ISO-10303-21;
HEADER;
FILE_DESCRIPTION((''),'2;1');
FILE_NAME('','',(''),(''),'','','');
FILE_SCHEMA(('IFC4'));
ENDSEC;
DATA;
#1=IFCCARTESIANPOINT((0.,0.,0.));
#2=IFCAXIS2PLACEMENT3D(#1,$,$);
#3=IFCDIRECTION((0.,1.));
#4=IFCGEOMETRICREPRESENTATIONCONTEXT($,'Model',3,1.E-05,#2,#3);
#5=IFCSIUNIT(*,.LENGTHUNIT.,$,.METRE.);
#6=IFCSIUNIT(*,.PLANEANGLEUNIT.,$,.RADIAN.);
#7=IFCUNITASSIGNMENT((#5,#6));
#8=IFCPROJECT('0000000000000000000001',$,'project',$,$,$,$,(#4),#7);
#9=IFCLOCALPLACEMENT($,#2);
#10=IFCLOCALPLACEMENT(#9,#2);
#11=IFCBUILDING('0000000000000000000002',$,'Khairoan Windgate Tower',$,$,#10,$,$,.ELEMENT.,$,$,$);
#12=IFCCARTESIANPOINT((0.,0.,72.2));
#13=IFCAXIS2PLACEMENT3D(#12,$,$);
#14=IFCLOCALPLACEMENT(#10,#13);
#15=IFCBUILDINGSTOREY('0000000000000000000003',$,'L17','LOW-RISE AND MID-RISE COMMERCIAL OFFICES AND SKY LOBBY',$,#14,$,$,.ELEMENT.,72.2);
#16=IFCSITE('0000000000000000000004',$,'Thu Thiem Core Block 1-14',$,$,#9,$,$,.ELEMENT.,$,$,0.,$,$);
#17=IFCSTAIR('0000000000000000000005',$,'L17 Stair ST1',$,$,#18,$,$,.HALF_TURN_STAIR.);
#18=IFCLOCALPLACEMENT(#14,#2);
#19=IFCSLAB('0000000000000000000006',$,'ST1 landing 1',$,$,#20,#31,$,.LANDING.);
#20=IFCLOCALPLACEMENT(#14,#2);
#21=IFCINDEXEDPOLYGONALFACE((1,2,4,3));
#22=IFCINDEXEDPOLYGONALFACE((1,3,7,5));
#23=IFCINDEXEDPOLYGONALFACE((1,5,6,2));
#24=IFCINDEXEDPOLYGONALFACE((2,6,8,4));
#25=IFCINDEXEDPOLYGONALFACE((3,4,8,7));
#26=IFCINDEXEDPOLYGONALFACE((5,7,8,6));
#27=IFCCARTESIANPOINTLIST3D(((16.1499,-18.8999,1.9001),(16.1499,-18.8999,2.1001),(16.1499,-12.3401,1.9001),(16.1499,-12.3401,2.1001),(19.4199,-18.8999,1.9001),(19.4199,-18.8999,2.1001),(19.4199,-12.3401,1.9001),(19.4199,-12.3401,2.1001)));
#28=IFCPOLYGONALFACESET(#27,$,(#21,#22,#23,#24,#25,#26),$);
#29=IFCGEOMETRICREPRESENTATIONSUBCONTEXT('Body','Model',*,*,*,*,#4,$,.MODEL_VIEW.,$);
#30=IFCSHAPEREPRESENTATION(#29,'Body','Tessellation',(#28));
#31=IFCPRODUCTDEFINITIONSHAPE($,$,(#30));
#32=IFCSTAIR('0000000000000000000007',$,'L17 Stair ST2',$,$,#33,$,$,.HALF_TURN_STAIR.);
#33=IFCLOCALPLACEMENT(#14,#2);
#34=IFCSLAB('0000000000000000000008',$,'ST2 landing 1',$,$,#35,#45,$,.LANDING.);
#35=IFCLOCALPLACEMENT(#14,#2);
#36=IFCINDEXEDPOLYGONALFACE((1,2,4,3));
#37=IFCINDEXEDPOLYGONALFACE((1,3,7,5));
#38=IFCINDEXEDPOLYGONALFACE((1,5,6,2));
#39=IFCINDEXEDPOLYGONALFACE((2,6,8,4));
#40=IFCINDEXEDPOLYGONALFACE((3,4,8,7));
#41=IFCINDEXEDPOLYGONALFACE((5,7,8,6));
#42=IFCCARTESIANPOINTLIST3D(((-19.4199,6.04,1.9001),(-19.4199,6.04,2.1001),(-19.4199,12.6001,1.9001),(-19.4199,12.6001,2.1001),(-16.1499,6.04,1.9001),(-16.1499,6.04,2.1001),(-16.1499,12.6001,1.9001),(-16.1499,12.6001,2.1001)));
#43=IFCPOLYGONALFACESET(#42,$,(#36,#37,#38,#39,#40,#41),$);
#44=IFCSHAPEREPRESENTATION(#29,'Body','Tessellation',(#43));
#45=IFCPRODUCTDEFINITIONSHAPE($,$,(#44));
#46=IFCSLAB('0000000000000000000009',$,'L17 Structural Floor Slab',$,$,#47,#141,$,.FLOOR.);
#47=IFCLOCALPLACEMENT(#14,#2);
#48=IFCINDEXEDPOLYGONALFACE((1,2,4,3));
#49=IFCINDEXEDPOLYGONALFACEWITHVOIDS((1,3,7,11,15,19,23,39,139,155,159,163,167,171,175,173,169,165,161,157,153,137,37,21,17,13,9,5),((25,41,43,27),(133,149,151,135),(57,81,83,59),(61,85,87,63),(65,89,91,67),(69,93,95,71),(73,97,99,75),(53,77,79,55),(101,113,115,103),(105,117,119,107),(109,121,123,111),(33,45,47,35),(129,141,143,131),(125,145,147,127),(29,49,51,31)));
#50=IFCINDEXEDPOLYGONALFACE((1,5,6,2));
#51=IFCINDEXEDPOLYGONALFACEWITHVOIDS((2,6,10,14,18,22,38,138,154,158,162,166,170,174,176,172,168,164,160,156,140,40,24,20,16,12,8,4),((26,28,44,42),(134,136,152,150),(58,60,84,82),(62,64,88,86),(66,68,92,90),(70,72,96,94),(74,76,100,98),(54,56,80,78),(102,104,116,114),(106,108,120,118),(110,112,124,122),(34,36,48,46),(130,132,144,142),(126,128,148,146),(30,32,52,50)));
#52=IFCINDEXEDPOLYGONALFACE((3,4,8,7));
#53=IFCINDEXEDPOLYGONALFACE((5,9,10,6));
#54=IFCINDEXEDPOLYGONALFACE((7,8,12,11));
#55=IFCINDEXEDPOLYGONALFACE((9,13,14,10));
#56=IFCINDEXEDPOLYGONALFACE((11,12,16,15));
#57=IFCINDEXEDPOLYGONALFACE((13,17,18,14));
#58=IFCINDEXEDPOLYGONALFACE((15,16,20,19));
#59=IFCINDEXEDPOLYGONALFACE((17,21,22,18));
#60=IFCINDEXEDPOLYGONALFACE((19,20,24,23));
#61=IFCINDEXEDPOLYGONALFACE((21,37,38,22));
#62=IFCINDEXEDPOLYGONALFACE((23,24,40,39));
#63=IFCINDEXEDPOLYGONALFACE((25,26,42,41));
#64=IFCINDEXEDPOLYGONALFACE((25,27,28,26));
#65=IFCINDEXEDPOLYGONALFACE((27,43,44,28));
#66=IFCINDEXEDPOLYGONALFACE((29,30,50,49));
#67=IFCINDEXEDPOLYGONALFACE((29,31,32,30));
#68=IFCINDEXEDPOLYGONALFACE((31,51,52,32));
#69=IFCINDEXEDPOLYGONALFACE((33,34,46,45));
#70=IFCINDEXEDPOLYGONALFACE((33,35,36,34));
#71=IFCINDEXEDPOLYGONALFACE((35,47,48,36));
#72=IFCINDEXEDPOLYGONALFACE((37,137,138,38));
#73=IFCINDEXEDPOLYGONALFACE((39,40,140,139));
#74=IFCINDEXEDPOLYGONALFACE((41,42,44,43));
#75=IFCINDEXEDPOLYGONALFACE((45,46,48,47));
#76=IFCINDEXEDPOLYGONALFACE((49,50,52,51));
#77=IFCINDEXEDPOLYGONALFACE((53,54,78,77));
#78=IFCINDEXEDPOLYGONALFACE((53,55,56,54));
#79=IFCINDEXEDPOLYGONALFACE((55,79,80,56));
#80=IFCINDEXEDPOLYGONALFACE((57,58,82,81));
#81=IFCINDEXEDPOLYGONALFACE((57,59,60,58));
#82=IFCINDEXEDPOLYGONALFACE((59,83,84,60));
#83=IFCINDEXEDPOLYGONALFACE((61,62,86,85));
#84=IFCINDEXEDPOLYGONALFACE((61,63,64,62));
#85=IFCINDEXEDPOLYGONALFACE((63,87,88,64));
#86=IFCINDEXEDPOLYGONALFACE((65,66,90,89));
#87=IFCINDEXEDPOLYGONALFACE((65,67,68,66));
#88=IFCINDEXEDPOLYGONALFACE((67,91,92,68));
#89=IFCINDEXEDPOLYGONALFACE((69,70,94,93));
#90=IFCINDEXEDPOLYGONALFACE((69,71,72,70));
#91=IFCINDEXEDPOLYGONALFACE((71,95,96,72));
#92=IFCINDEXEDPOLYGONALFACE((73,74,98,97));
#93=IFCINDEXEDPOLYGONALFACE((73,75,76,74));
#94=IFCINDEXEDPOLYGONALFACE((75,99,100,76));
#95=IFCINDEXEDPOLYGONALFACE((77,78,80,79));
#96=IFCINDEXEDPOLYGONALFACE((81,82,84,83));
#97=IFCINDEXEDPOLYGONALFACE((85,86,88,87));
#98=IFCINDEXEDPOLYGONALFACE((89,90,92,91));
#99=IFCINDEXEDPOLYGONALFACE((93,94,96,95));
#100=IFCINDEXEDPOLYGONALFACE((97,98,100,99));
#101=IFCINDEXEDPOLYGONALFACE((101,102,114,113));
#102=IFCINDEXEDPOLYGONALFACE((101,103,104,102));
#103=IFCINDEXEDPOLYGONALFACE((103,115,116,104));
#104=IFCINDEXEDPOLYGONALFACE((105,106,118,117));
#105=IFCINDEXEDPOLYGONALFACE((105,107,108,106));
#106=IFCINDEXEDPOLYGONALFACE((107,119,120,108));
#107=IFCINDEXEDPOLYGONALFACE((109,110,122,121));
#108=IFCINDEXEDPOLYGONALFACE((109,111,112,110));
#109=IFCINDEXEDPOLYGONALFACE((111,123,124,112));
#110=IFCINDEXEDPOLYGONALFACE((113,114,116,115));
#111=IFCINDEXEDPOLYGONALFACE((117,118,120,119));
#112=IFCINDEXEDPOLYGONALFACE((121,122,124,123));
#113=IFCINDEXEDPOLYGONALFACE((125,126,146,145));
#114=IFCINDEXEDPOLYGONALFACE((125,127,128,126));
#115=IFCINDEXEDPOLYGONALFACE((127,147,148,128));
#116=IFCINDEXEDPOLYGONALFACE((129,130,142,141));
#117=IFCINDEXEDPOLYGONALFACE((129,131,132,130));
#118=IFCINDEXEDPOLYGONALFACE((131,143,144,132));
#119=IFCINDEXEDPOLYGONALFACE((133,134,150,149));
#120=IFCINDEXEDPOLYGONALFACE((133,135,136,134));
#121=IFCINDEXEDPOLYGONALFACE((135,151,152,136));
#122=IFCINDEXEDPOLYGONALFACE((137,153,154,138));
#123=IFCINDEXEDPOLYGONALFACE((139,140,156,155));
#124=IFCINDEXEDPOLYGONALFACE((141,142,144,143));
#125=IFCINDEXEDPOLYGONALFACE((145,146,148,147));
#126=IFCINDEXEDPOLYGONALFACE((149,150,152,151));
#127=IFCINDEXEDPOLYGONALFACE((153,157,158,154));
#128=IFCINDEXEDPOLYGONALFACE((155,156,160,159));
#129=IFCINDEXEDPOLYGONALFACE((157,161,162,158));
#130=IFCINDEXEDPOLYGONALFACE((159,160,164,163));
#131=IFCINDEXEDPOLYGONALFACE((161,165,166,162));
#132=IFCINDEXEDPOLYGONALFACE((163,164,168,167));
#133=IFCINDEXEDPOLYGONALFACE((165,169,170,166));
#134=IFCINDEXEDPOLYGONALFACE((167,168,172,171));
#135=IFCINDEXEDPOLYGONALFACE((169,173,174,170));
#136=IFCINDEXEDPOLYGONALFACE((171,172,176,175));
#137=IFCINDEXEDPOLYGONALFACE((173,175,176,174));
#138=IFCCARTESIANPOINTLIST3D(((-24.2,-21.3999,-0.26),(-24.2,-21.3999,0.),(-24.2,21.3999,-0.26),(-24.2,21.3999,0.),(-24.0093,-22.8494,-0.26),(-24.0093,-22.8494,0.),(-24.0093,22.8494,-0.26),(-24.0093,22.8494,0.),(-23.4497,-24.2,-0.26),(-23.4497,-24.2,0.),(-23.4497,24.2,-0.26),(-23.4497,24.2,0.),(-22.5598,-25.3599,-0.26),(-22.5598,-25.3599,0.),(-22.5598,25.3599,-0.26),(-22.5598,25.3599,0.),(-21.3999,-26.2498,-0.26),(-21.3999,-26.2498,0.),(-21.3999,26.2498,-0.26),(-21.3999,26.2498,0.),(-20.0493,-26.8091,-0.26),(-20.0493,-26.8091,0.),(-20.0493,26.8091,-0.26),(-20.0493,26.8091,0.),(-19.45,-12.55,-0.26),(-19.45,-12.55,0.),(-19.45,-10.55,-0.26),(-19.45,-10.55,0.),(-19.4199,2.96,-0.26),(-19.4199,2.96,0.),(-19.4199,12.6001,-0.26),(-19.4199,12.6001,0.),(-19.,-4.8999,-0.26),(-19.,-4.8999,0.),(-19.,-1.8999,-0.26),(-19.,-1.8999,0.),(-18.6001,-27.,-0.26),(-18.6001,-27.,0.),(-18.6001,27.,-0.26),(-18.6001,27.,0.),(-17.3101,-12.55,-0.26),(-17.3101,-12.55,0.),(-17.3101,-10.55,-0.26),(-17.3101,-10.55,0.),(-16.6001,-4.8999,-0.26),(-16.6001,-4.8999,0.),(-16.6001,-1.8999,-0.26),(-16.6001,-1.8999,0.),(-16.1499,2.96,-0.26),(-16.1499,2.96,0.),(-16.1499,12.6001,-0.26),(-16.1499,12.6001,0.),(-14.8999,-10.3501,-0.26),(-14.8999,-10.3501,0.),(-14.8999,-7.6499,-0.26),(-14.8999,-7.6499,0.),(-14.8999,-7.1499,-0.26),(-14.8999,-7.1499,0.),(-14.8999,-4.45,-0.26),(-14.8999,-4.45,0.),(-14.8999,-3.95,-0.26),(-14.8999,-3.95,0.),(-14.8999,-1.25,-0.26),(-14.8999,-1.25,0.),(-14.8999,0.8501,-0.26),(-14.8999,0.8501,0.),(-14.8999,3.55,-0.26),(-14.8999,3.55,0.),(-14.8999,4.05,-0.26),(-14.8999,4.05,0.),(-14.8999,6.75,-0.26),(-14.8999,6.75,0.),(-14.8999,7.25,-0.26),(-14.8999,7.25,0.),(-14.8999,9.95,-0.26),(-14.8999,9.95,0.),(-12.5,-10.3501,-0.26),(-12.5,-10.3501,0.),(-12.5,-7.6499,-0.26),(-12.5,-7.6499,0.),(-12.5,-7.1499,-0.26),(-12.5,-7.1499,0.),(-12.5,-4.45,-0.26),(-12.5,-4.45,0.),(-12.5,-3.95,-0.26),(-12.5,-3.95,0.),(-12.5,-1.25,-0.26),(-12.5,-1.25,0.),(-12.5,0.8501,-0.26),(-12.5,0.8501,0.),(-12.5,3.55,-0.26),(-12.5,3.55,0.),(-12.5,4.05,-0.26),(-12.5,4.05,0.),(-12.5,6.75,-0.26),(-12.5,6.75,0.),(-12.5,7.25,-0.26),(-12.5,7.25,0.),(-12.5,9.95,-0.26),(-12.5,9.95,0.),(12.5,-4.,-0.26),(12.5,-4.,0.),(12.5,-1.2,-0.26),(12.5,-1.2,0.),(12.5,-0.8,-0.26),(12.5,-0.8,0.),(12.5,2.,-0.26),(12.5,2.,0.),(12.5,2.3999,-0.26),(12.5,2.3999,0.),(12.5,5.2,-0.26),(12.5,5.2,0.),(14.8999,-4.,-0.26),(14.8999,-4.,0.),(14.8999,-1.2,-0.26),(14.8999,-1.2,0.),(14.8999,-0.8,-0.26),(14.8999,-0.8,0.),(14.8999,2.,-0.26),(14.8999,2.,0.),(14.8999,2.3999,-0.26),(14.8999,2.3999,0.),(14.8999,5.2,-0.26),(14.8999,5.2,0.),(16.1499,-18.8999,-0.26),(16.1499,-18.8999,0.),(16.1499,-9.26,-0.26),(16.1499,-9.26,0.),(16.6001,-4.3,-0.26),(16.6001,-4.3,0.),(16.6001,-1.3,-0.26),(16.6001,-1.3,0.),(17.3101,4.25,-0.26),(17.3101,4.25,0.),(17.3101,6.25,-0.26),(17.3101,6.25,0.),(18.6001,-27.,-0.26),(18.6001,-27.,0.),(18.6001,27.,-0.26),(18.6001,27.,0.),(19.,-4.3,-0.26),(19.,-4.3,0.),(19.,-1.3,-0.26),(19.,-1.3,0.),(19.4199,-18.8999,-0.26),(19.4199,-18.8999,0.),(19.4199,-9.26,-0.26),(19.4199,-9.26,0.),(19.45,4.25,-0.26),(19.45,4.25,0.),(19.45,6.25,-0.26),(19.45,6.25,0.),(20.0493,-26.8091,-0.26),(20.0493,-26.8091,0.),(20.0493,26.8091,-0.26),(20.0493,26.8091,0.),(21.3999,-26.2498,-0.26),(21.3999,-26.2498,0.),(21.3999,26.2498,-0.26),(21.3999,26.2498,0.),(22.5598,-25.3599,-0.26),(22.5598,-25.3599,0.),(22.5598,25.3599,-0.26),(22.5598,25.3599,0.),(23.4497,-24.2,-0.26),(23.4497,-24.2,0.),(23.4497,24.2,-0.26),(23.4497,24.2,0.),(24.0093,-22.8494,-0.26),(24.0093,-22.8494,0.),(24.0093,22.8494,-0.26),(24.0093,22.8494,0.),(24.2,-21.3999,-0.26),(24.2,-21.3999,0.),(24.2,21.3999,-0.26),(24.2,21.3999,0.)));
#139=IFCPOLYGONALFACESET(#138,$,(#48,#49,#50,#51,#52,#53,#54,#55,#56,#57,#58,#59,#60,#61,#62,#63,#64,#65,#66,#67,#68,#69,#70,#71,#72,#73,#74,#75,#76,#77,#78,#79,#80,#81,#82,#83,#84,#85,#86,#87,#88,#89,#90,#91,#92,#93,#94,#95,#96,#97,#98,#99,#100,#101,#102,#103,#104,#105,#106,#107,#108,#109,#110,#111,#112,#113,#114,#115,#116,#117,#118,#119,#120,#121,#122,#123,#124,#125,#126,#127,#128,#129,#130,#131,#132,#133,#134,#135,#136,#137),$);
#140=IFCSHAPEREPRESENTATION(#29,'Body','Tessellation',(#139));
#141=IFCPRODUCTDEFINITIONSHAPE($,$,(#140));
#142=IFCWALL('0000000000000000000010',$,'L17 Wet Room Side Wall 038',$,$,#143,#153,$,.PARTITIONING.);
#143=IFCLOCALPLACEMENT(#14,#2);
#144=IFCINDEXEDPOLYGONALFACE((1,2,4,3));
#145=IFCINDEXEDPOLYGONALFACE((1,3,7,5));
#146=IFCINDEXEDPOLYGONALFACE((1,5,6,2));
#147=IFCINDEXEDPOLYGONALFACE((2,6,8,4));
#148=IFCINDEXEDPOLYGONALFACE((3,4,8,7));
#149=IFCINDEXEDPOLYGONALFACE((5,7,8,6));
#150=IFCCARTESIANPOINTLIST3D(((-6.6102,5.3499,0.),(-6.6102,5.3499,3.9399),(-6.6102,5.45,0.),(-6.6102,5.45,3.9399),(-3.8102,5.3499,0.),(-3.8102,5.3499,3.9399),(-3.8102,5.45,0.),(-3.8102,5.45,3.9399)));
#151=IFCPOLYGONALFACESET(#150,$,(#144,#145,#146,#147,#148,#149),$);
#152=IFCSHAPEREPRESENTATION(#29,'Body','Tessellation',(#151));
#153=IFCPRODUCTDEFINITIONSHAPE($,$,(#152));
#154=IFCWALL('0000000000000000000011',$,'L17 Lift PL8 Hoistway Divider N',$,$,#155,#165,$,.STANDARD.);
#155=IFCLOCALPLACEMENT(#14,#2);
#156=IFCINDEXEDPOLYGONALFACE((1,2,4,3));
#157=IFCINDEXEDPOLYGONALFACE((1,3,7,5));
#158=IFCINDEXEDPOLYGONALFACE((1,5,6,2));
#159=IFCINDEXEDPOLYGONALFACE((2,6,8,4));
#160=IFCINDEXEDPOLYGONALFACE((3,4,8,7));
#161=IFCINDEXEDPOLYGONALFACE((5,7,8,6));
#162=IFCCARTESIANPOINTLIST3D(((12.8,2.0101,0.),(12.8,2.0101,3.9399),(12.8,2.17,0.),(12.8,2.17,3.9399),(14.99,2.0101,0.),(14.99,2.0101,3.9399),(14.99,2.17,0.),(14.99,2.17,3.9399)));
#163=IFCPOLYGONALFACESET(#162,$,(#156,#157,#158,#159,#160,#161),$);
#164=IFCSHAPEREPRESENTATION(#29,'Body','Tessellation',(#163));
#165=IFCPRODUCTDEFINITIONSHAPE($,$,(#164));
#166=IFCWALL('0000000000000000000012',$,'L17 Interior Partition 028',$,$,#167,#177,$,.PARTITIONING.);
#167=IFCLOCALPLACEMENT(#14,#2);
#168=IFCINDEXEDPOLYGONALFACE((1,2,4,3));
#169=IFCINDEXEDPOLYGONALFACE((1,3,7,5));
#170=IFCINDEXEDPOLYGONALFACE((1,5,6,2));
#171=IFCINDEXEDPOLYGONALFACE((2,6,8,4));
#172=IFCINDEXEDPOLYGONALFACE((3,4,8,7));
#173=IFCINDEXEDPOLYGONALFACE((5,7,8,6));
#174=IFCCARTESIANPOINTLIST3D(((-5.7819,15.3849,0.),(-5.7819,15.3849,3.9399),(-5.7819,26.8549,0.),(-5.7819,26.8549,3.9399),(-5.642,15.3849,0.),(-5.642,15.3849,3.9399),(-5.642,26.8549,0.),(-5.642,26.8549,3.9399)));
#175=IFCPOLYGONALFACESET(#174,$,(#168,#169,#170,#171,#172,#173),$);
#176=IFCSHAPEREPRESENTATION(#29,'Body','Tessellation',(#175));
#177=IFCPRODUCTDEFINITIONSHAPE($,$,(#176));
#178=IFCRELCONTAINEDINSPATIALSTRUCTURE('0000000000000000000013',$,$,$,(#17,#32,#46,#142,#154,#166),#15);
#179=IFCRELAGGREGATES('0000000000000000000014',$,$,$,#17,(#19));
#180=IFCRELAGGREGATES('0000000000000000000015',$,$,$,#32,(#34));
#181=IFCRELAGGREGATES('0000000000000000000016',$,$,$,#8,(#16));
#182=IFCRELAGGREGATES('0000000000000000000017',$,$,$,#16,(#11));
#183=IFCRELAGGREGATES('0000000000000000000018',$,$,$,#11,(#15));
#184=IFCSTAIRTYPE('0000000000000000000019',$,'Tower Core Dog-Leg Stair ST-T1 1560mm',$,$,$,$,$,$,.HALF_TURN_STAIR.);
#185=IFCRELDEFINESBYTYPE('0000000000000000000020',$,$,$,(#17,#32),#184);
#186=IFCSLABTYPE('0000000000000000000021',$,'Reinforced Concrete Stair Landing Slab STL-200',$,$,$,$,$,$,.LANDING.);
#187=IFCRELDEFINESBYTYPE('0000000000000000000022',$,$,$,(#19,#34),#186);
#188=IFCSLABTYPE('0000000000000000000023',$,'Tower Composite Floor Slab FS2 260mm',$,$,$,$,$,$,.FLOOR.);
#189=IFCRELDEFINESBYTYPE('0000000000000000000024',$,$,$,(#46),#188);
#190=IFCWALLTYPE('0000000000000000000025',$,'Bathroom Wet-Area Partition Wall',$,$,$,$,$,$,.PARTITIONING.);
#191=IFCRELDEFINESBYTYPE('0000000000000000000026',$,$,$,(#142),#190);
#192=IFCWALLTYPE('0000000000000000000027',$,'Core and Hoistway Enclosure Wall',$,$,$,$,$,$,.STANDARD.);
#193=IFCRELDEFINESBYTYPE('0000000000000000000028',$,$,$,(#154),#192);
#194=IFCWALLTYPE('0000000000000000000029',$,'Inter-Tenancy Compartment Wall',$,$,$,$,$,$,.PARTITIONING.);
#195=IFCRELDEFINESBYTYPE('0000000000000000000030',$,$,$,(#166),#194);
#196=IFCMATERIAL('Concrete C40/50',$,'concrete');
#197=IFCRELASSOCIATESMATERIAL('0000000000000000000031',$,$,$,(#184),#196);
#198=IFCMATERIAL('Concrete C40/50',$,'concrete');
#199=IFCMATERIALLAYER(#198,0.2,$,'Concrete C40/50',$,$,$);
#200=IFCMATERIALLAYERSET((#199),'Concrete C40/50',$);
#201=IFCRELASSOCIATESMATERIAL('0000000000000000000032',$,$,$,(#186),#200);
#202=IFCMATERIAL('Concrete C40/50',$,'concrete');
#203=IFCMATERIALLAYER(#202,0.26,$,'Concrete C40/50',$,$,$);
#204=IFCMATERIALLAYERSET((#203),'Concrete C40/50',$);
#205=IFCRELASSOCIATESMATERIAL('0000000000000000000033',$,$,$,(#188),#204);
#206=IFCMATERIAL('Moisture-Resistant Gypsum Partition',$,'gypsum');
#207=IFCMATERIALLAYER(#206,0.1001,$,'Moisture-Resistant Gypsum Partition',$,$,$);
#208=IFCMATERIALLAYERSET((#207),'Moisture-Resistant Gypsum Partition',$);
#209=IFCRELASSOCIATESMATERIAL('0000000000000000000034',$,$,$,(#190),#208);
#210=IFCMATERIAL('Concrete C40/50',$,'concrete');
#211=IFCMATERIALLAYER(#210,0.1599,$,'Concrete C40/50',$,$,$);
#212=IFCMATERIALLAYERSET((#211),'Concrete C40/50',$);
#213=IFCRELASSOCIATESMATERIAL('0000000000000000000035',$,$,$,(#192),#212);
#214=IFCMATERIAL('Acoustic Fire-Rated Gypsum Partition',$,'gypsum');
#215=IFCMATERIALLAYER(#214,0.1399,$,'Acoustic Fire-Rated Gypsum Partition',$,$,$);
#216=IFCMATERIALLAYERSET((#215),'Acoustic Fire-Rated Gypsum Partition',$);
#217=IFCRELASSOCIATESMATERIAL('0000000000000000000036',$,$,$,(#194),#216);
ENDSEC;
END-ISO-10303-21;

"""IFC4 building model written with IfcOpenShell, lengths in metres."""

from ifc_helpers import new_model, si_unit, direction, frame, frame_2d, origin, place, context, subcontext, project, spatial, polyline, rectangle, outline, extrude, material, layer, layer_set, type_object, element, aggregate, save


model = new_model("IFC4")

# Units and contexts
model_context = context("Model", 3, precision=1e-05, world=origin(), true_north=direction((0.0, 1.0)))
body_context = subcontext(model_context, "Body", "Model", "MODEL_VIEW")
ifc_project = project(units=[si_unit("LENGTHUNIT", "METRE"), si_unit("PLANEANGLEUNIT", "RADIAN")], contexts=[model_context])

# Site, building, storey
site_placement = place(None, origin())
site = spatial("IfcSite", under=ifc_project, at=site_placement, Name="Thu Thiem Core Block 1-14", CompositionType="ELEMENT", RefElevation=0.0)
building_placement = place(site_placement, origin())
building = spatial("IfcBuilding", under=site, at=building_placement, Name="Khairoan Windgate Tower", CompositionType="ELEMENT")
storey_placement = place(building_placement, frame((0.0, 0.0, 72.2)))
storey = spatial("IfcBuildingStorey", under=building, at=storey_placement, Name="L17", Description="LOW-RISE AND MID-RISE COMMERCIAL OFFICES AND SKY LOBBY", CompositionType="ELEMENT", Elevation=72.2)

# Stairs, slabs
ifc_material_1 = material(Name="Concrete C40/50", Category="concrete")
stair_type = type_object("IfcStairType", Name="Tower Core Dog-Leg Stair ST-T1 1560mm", PredefinedType="HALF_TURN_STAIR", material=ifc_material_1)
stair_1_placement = place(storey_placement, origin())
stair_1 = element("IfcStair", 1, at=stair_1_placement, inside=storey, type_object=stair_type, Name="L17 Stair ST1", PredefinedType="HALF_TURN_STAIR")
ifc_material_2 = material(Name="Concrete C40/50", Category="concrete")
ifc_layer_1 = layer(ifc_material_2, 0.2, Name="Concrete C40/50")
ifc_layer_set_1 = layer_set([ifc_layer_1], Name="Concrete C40/50")
slab_type_1 = type_object("IfcSlabType", Name="Reinforced Concrete Stair Landing Slab STL-200", PredefinedType="LANDING", material=ifc_layer_set_1)
slab_1_placement = place(storey_placement, frame((0.0, 0.0, 1.9001)))
slab_1 = element("IfcSlab", 2, at=slab_1_placement, type_object=slab_type_1, Name="ST1 landing 1", PredefinedType="LANDING", context=body_context, shape_type="SweptSolid", body=[
    extrude(outline(polyline([(16.1499, -12.3401), (16.1499, -18.8999), (19.4199, -18.8999), (19.4199, -12.3401), (16.1499, -12.3401)])), origin(), (0.0, 0.0, 1.0), 0.2),
])
aggregate(stair_1, [slab_1])
stair_2_placement = place(storey_placement, origin())
stair_2 = element("IfcStair", 3, at=stair_2_placement, inside=storey, type_object=stair_type, Name="L17 Stair ST2", PredefinedType="HALF_TURN_STAIR")
slab_2_placement = place(storey_placement, frame((0.0, 0.0, 1.9001)))
slab_2 = element("IfcSlab", 4, at=slab_2_placement, type_object=slab_type_1, Name="ST2 landing 1", PredefinedType="LANDING", context=body_context, shape_type="SweptSolid", body=[
    extrude(outline(polyline([(-16.1499, 6.04), (-16.1499, 12.6001), (-19.4199, 12.6001), (-19.4199, 6.04), (-16.1499, 6.04)])), origin(), (0.0, 0.0, 1.0), 0.2),
])
aggregate(stair_2, [slab_2])

# Slab
ifc_material_3 = material(Name="Concrete C40/50", Category="concrete")
ifc_layer_2 = layer(ifc_material_3, 0.26, Name="Concrete C40/50")
ifc_layer_set_2 = layer_set([ifc_layer_2], Name="Concrete C40/50")
slab_type_2 = type_object("IfcSlabType", Name="Tower Composite Floor Slab FS2 260mm", PredefinedType="FLOOR", material=ifc_layer_set_2)
slab_3_placement = place(storey_placement, frame((0.0, 0.0, -0.26)))
element("IfcSlab", 5, at=slab_3_placement, inside=storey, type_object=slab_type_2, Name="L17 Structural Floor Slab", PredefinedType="FLOOR", context=body_context, shape_type="SweptSolid", body=[
    extrude(outline(polyline([(18.6001, -27.0), (20.0493, -26.8091), (21.3999, -26.2498), (22.5598, -25.3599), (23.4497, -24.2), (24.0093, -22.8494), (24.2, -21.3999), (24.2, 21.3999), (24.0093, 22.8494), (23.4497, 24.2), (22.5598, 25.3599), (21.3999, 26.2498), (20.0493, 26.8091), (18.6001, 27.0), (-18.6001, 27.0), (-20.0493, 26.8091), (-21.3999, 26.2498), (-22.5598, 25.3599), (-23.4497, 24.2), (-24.0093, 22.8494), (-24.2, 21.3999), (-24.2, -21.3999), (-24.0093, -22.8494), (-23.4497, -24.2), (-22.5598, -25.3599), (-21.3999, -26.2498), (-20.0493, -26.8091), (-18.6001, -27.0), (18.6001, -27.0)]), holes=[polyline([(16.1499, -9.26), (16.1499, -18.8999), (19.4199, -18.8999), (19.4199, -9.26), (16.1499, -9.26)]), polyline([(-16.1499, 2.96), (-16.1499, 12.6001), (-19.4199, 12.6001), (-19.4199, 2.96), (-16.1499, 2.96)]), polyline([(-14.8999, 7.25), (-12.5, 7.25), (-12.5, 9.95), (-14.8999, 9.95), (-14.8999, 7.25)]), polyline([(-14.8999, 4.05), (-12.5, 4.05), (-12.5, 6.75), (-14.8999, 6.75), (-14.8999, 4.05)]), polyline([(-14.8999, 0.8501), (-12.5, 0.8501), (-12.5, 3.55), (-14.8999, 3.55), (-14.8999, 0.8501)]), polyline([(-14.8999, -3.95), (-12.5, -3.95), (-12.5, -1.25), (-14.8999, -1.25), (-14.8999, -3.95)]), polyline([(-14.8999, -7.1499), (-12.5, -7.1499), (-12.5, -4.45), (-14.8999, -4.45), (-14.8999, -7.1499)]), polyline([(-14.8999, -10.3501), (-12.5, -10.3501), (-12.5, -7.6499), (-14.8999, -7.6499), (-14.8999, -10.3501)]), polyline([(12.5, 2.3999), (14.8999, 2.3999), (14.8999, 5.2), (12.5, 5.2), (12.5, 2.3999)]), polyline([(12.5, -0.8), (14.8999, -0.8), (14.8999, 2.0), (12.5, 2.0), (12.5, -0.8)]), polyline([(12.5, -4.0), (14.8999, -4.0), (14.8999, -1.2), (12.5, -1.2), (12.5, -4.0)]), polyline([(16.6001, -4.3), (19.0, -4.3), (19.0, -1.3), (16.6001, -1.3), (16.6001, -4.3)]), polyline([(-19.0, -4.8999), (-16.6001, -4.8999), (-16.6001, -1.8999), (-19.0, -1.8999), (-19.0, -4.8999)]), polyline([(-19.45, -12.55), (-17.3101, -12.55), (-17.3101, -10.55), (-19.45, -10.55), (-19.45, -12.55)]), polyline([(17.3101, 4.25), (19.45, 4.25), (19.45, 6.25), (17.3101, 6.25), (17.3101, 4.25)])]), origin(), (0.0, 0.0, 1.0), 0.26),
])

# Walls
ifc_material_4 = material(Name="Moisture-Resistant Gypsum Partition", Category="gypsum")
ifc_layer_3 = layer(ifc_material_4, 0.1001, Name="Moisture-Resistant Gypsum Partition")
ifc_layer_set_3 = layer_set([ifc_layer_3], Name="Moisture-Resistant Gypsum Partition")
wall_type_1 = type_object("IfcWallType", Name="Bathroom Wet-Area Partition Wall", PredefinedType="PARTITIONING", material=ifc_layer_set_3)
wall_1_placement = place(storey_placement, frame((-6.6101, 5.3999, 0.0), z_axis=(0.0, 0.0, 1.0), x_axis=(1.0, 0.0, 0.0)))
element("IfcWall", 6, at=wall_1_placement, inside=storey, type_object=wall_type_1, Name="L17 Wet Room Side Wall 038", PredefinedType="PARTITIONING", context=body_context, shape_type="SweptSolid", body=[
    extrude(rectangle(XDim=2.8, YDim=0.1001, at=frame_2d((1.3999, 0.0))), origin(), (0.0, 0.0, 1.0), 3.9399),
])
ifc_material_5 = material(Name="Concrete C40/50", Category="concrete")
ifc_layer_4 = layer(ifc_material_5, 0.1599, Name="Concrete C40/50")
ifc_layer_set_4 = layer_set([ifc_layer_4], Name="Concrete C40/50")
wall_type_2 = type_object("IfcWallType", Name="Core and Hoistway Enclosure Wall", PredefinedType="STANDARD", material=ifc_layer_set_4)
wall_2_placement = place(storey_placement, frame((12.8, 2.0901, 0.0), z_axis=(0.0, 0.0, 1.0), x_axis=(1.0, 0.0, 0.0)))
element("IfcWall", 7, at=wall_2_placement, inside=storey, type_object=wall_type_2, Name="L17 Lift PL8 Hoistway Divider N", PredefinedType="STANDARD", context=body_context, shape_type="SweptSolid", body=[
    extrude(rectangle(XDim=2.1899, YDim=0.1599, at=frame_2d((1.095, 0.0))), origin(), (0.0, 0.0, 1.0), 3.9399),
])
ifc_material_6 = material(Name="Acoustic Fire-Rated Gypsum Partition", Category="gypsum")
ifc_layer_5 = layer(ifc_material_6, 0.1399, Name="Acoustic Fire-Rated Gypsum Partition")
ifc_layer_set_5 = layer_set([ifc_layer_5], Name="Acoustic Fire-Rated Gypsum Partition")
wall_type_3 = type_object("IfcWallType", Name="Inter-Tenancy Compartment Wall", PredefinedType="PARTITIONING", material=ifc_layer_set_5)
wall_3_placement = place(storey_placement, frame((-5.7119, 15.385, 0.0), z_axis=(0.0, 0.0, 1.0), x_axis=(0.0, 1.0, 0.0)))
element("IfcWall", 8, at=wall_3_placement, inside=storey, type_object=wall_type_3, Name="L17 Interior Partition 028", PredefinedType="PARTITIONING", context=body_context, shape_type="SweptSolid", body=[
    extrude(rectangle(XDim=11.47, YDim=0.1399, at=frame_2d((5.7349, 0.0))), origin(), (0.0, 0.0, 1.0), 3.9399),
])

save(model, "model.ifc")
